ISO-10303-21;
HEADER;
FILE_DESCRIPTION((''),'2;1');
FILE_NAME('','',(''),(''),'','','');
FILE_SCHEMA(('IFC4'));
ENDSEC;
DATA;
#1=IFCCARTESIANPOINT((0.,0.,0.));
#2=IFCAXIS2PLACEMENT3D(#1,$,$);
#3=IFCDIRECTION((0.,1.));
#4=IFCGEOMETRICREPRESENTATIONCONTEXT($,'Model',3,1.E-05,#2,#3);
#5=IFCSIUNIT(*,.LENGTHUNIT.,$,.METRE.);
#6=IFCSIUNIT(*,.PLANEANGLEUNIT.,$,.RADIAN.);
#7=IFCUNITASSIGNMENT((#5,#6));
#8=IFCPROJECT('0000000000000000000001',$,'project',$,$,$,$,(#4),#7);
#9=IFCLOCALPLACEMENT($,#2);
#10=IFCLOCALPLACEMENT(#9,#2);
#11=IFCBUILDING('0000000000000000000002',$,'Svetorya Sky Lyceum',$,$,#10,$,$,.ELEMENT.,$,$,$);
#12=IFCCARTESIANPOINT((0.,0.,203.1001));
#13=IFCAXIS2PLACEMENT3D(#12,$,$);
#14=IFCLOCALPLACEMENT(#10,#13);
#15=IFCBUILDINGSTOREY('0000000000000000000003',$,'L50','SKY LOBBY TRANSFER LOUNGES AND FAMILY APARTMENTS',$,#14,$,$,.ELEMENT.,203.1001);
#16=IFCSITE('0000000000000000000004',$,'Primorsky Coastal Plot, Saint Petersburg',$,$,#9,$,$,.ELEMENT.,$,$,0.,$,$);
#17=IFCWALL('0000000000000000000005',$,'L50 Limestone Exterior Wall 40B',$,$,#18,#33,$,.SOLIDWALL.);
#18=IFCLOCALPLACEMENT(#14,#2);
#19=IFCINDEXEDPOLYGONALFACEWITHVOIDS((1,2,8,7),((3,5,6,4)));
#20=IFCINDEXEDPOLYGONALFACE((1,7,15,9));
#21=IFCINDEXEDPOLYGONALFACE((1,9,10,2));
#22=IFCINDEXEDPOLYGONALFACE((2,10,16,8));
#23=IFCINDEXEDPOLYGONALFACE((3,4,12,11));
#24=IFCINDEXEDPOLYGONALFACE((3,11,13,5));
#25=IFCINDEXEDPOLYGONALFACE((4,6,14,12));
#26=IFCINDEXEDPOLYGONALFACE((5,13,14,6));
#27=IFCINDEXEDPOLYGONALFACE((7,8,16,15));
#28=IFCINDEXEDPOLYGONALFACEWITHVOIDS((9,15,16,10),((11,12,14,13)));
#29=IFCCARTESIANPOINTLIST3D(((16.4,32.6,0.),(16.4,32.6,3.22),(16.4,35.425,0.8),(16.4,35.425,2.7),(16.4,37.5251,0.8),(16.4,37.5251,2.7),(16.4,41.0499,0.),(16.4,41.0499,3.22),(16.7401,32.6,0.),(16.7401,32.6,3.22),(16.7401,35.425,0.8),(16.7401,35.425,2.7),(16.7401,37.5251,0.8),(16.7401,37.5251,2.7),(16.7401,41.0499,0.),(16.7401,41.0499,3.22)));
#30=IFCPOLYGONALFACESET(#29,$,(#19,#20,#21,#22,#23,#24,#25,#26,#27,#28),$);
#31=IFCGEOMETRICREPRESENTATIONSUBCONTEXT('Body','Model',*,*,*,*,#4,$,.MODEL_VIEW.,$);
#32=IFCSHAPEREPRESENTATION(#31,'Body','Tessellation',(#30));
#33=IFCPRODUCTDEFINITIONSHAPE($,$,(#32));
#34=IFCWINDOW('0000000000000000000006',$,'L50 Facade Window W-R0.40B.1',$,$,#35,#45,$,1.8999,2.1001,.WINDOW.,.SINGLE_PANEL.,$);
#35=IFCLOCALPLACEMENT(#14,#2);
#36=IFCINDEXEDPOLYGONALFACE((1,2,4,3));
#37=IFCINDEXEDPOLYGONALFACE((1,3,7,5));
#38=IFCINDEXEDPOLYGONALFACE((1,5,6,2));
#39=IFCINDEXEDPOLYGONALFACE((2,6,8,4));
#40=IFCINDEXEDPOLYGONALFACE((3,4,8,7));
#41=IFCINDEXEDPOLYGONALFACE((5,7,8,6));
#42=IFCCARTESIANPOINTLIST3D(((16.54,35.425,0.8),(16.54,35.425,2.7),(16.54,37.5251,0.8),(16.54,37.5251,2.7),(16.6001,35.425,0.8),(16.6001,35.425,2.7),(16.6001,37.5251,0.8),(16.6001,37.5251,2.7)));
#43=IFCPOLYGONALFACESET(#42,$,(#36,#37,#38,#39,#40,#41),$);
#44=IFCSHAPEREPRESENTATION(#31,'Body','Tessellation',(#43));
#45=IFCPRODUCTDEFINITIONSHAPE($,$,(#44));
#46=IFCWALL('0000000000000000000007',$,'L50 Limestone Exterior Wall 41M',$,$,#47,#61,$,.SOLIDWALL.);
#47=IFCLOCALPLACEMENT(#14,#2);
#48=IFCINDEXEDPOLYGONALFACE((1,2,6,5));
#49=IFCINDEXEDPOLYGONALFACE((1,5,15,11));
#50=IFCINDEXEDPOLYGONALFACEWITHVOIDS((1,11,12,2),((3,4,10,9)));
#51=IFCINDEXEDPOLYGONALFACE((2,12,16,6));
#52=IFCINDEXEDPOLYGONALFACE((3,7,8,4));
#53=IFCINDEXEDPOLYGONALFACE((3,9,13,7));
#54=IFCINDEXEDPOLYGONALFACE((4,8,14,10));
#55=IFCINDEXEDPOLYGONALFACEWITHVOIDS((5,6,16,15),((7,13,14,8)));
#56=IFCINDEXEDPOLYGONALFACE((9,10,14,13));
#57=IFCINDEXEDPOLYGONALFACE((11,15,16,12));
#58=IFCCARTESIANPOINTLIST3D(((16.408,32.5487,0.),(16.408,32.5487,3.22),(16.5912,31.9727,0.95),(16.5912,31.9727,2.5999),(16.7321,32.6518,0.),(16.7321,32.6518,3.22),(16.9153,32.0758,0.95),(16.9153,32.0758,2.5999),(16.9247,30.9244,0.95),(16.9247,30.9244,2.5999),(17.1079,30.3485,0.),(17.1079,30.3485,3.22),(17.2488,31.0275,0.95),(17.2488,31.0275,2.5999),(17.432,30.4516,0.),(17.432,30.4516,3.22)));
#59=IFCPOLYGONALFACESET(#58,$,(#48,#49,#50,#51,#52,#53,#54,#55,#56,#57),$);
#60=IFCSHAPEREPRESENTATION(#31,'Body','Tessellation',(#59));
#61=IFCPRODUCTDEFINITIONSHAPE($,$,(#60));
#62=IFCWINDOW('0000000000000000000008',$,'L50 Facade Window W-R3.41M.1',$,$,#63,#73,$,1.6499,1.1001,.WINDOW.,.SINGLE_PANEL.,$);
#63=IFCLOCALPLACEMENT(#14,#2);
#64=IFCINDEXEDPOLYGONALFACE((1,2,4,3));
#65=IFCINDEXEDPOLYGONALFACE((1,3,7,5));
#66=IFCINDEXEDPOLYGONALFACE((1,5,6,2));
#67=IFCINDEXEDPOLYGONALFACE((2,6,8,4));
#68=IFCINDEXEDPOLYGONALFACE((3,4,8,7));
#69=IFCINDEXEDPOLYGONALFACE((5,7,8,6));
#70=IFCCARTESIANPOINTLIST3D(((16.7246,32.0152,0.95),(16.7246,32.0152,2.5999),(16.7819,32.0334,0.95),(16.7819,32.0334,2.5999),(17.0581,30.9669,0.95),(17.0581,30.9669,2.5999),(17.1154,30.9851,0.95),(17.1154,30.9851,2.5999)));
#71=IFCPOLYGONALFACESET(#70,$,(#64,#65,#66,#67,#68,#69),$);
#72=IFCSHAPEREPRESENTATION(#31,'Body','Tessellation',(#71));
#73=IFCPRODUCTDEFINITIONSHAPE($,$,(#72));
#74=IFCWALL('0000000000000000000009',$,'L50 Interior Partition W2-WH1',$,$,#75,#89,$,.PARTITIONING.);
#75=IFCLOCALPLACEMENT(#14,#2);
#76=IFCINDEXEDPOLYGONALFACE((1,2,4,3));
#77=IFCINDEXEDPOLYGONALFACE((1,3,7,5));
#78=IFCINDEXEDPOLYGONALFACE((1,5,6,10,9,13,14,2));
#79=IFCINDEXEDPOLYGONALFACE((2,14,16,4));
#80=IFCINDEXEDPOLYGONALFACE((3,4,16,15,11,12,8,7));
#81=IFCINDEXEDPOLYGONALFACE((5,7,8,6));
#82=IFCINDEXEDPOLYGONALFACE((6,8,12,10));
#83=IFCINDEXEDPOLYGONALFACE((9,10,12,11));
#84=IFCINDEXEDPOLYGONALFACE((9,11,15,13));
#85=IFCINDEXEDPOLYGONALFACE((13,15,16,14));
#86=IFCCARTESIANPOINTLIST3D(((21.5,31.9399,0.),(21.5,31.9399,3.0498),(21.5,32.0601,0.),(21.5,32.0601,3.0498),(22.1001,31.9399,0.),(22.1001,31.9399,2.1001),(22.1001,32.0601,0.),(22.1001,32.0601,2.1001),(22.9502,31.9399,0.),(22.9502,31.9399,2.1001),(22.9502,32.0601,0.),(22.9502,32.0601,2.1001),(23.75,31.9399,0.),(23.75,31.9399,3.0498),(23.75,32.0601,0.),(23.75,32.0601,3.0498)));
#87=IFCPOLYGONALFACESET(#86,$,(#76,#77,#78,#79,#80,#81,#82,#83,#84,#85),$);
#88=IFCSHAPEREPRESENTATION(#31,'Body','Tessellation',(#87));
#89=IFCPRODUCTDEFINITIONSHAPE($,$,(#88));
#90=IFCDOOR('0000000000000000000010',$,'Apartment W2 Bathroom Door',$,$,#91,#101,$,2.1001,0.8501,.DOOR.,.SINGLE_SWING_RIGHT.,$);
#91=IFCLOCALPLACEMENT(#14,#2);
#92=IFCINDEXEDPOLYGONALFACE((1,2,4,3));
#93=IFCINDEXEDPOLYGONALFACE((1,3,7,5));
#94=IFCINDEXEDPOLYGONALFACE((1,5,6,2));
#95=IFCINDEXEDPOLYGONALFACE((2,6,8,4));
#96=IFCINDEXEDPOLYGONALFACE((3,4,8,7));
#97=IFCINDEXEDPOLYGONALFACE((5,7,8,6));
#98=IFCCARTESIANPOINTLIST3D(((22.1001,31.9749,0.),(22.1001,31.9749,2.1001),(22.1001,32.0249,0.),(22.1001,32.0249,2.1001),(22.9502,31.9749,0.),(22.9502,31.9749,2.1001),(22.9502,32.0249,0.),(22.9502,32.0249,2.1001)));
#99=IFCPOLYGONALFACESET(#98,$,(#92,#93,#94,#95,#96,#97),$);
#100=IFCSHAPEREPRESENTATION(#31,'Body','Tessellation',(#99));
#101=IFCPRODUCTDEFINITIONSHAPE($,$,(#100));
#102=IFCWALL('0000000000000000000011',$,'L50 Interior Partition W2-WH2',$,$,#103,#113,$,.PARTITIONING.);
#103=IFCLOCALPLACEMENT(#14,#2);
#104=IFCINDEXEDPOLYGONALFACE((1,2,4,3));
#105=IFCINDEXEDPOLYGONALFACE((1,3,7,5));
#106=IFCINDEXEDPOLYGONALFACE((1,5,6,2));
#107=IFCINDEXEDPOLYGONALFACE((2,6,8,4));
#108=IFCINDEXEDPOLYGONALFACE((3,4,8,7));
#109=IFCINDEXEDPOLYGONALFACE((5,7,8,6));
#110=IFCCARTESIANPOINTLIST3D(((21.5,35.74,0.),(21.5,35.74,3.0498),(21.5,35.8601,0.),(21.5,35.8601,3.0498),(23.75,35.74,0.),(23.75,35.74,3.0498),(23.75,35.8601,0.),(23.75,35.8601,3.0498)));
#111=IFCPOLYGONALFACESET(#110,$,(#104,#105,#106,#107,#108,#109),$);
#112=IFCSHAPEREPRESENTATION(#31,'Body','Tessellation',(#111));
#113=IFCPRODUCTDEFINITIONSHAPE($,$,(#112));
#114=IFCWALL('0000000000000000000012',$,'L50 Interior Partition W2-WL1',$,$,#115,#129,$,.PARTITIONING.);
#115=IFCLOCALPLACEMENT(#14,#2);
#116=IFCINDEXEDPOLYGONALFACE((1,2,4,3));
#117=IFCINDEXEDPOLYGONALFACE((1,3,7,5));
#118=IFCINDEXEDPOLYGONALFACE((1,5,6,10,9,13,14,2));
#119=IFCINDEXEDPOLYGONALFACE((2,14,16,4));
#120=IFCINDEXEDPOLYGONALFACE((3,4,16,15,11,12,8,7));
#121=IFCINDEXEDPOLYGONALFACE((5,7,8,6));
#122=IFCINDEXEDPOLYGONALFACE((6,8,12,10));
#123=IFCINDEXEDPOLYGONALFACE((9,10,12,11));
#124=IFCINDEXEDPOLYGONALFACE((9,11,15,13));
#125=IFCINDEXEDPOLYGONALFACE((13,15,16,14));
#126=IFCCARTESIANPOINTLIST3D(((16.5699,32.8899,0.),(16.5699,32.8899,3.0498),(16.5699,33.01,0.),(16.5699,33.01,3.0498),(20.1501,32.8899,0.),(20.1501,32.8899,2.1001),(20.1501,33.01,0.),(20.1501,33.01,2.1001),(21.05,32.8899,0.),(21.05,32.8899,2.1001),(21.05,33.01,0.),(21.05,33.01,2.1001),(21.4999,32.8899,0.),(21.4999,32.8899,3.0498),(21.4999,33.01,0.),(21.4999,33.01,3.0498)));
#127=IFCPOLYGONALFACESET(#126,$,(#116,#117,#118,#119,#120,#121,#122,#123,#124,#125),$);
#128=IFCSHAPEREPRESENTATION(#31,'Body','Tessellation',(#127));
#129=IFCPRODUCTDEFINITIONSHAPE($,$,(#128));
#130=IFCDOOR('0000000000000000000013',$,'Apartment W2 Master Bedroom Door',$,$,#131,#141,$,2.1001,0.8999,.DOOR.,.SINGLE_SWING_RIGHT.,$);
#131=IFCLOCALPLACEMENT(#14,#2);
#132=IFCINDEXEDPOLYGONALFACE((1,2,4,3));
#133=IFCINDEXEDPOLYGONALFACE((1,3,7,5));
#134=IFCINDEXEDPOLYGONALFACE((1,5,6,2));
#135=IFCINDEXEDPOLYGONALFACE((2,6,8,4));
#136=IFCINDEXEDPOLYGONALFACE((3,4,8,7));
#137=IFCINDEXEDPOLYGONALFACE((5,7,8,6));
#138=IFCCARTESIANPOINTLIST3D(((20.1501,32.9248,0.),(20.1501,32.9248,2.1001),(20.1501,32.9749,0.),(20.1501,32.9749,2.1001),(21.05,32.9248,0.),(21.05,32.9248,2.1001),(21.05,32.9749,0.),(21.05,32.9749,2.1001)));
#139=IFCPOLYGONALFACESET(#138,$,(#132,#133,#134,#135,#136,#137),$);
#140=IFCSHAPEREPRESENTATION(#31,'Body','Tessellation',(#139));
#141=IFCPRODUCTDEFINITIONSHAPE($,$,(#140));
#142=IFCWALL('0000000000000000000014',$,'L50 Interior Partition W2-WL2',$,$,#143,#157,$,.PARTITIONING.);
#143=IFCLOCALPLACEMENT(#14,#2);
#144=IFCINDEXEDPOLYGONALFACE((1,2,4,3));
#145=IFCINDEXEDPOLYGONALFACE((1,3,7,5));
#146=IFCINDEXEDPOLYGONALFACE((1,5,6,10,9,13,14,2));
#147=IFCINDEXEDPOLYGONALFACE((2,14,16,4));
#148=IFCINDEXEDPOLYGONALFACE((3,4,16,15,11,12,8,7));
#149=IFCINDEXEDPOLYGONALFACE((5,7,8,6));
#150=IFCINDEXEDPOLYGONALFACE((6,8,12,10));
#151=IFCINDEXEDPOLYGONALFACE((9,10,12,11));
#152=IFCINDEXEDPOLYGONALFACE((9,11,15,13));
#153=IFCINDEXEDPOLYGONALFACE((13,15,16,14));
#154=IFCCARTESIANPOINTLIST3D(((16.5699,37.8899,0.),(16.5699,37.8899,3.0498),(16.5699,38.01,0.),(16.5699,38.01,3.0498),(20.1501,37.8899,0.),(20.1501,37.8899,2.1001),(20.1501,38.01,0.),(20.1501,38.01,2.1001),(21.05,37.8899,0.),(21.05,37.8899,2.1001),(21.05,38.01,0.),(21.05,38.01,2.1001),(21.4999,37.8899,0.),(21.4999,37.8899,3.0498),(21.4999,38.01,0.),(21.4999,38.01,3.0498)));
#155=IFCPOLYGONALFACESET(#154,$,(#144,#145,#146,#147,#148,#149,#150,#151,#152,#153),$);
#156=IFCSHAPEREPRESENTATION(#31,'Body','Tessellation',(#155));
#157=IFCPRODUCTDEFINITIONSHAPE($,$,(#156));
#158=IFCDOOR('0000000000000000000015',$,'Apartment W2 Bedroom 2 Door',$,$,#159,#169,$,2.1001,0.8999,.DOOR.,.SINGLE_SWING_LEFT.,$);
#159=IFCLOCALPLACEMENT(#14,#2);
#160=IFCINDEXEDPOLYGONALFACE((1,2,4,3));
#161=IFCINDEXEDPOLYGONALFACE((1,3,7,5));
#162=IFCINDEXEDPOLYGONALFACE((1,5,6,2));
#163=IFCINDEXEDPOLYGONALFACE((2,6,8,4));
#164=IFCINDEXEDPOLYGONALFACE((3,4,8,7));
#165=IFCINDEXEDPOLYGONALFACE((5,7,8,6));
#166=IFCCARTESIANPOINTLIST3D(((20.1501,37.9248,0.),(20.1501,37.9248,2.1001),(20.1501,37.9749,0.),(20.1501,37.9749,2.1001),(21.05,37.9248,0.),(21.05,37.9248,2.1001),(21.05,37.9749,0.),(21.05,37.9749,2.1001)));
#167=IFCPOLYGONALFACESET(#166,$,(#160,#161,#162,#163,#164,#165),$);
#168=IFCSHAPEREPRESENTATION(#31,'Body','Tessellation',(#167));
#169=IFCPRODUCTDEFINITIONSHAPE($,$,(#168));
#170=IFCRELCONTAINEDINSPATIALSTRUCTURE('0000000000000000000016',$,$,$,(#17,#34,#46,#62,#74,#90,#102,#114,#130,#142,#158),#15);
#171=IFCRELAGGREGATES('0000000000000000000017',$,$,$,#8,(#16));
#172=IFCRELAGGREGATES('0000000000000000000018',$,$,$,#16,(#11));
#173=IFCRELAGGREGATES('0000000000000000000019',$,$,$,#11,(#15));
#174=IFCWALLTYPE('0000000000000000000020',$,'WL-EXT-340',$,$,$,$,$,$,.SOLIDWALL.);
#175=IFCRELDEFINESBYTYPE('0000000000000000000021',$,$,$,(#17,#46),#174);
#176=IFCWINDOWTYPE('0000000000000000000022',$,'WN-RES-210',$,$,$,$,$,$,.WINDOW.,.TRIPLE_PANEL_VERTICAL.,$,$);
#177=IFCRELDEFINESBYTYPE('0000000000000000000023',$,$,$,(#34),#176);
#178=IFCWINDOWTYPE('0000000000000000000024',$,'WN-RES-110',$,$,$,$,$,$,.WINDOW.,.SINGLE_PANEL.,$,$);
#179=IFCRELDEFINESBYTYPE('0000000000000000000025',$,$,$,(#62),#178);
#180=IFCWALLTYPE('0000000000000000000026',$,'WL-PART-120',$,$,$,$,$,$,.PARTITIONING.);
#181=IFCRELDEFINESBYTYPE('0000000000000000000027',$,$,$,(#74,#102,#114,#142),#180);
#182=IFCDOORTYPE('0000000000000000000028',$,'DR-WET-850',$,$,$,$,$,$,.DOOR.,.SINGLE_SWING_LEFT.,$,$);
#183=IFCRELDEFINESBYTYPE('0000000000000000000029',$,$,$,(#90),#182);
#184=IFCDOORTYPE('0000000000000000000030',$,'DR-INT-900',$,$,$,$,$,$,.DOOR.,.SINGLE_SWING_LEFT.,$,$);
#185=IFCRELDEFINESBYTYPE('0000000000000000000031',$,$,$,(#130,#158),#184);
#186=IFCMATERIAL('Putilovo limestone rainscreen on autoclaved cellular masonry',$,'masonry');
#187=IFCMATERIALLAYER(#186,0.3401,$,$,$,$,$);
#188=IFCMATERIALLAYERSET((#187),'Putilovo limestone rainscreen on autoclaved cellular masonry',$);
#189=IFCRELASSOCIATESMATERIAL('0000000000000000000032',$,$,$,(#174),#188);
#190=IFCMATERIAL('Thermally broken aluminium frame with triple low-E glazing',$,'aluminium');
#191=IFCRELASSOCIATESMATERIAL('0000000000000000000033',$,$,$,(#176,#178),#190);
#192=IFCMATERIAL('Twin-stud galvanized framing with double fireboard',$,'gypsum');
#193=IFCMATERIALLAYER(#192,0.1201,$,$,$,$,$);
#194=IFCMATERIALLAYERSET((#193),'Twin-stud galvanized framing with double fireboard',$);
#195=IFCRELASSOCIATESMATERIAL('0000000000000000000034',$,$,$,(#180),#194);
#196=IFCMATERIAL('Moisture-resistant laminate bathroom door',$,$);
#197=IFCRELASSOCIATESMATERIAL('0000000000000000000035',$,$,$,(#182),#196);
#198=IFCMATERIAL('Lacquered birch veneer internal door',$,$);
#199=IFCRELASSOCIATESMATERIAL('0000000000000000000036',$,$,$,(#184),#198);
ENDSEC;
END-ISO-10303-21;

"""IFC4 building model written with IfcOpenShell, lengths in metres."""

from ifc_helpers import new_model, si_unit, direction, frame, frame_2d, origin, place, context, subcontext, project, spatial, rectangle, extrude, material, layer, layer_set, type_object, element, fill, save


model = new_model("IFC4")

# Units and contexts
model_context = context("Model", 3, precision=1e-05, world=origin(), true_north=direction((0.0, 1.0)))
body_context = subcontext(model_context, "Body", "Model", "MODEL_VIEW")
ifc_project = project(units=[si_unit("LENGTHUNIT", "METRE"), si_unit("PLANEANGLEUNIT", "RADIAN")], contexts=[model_context])

# Site, building, storey
site_placement = place(None, origin())
site = spatial("IfcSite", under=ifc_project, at=site_placement, Name="Primorsky Coastal Plot, Saint Petersburg", CompositionType="ELEMENT", RefElevation=0.0)
building_placement = place(site_placement, origin())
building = spatial("IfcBuilding", under=site, at=building_placement, Name="Svetorya Sky Lyceum", CompositionType="ELEMENT")
storey_placement = place(building_placement, frame((0.0, 0.0, 203.1001)))
storey = spatial("IfcBuildingStorey", under=building, at=storey_placement, Name="L50", Description="SKY LOBBY TRANSFER LOUNGES AND FAMILY APARTMENTS", CompositionType="ELEMENT", Elevation=203.1001)

# Walls, openings, windows
ifc_material_1 = material(Name="Putilovo limestone rainscreen on autoclaved cellular masonry", Category="masonry")
ifc_layer_1 = layer(ifc_material_1, 0.3401)
ifc_layer_set_1 = layer_set([ifc_layer_1], Name="Putilovo limestone rainscreen on autoclaved cellular masonry")
wall_type_1 = type_object("IfcWallType", Name="WL-EXT-340", PredefinedType="SOLIDWALL", material=ifc_layer_set_1)
wall_1_placement = place(storey_placement, frame((16.5701, 41.05, 0.0), z_axis=(0.0, 0.0, 1.0), x_axis=(0.0, -1.0, 0.0)))
wall_1 = element("IfcWall", 1, at=wall_1_placement, inside=storey, type_object=wall_type_1, Name="L50 Limestone Exterior Wall 40B", PredefinedType="SOLIDWALL", context=body_context, shape_type="SweptSolid", body=[
    extrude(rectangle(XDim=8.45, YDim=0.3401, at=frame_2d((4.2251, 0.0))), origin(), (0.0, 0.0, 1.0), 3.22),
])
opening_1_placement = place(wall_1_placement, frame((3.5249, 0.0, 0.8)))
opening_1 = element("IfcOpeningElement", 2, at=opening_1_placement, cuts=wall_1, PredefinedType="OPENING", context=body_context, shape_type="SweptSolid", body=[
    extrude(rectangle(XDim=2.1001, YDim=1.8999, at=frame_2d((1.05, 0.95))), frame((0.0, 0.1799, 0.0), z_axis=(0.0, -1.0, 0.0), x_axis=(1.0, 0.0, 0.0)), (0.0, 0.0, 1.0), 0.3601),
])
ifc_material_2 = material(Name="Thermally broken aluminium frame with triple low-E glazing", Category="aluminium")
window_type_1 = type_object("IfcWindowType", Name="WN-RES-210", PartitioningType="TRIPLE_PANEL_VERTICAL", PredefinedType="WINDOW", material=ifc_material_2)
window_1_placement = place(opening_1_placement, origin())
window_1 = element("IfcWindow", 3, at=window_1_placement, inside=storey, type_object=window_type_1, Name="L50 Facade Window W-R0.40B.1", OverallHeight=1.8999, OverallWidth=2.1001, PartitioningType="SINGLE_PANEL", PredefinedType="WINDOW", context=body_context, shape_type="SweptSolid", body=[
    extrude(rectangle(XDim=2.1001, YDim=1.8999, at=frame_2d((1.05, 0.95))), frame((0.0, 0.03, 0.0), z_axis=(0.0, -1.0, 0.0), x_axis=(1.0, 0.0, 0.0)), (0.0, 0.0, 1.0), 0.0601),
])
fill(opening_1, window_1)
wall_2_placement = place(storey_placement, frame((16.5701, 32.6001, 0.0), z_axis=(0.0, 0.0, 1.0), x_axis=(0.30316, -0.95294, 0.0)))
wall_2 = element("IfcWall", 4, at=wall_2_placement, inside=storey, type_object=wall_type_1, Name="L50 Limestone Exterior Wall 41M", PredefinedType="SOLIDWALL", context=body_context, shape_type="SweptSolid", body=[
    extrude(rectangle(XDim=2.3088, YDim=0.3401, at=frame_2d((1.1543, 0.0))), origin(), (0.0, 0.0, 1.0), 3.22),
])
opening_2_placement = place(wall_2_placement, frame((0.6042, 0.0, 0.95)))
opening_2 = element("IfcOpeningElement", 5, at=opening_2_placement, cuts=wall_2, PredefinedType="OPENING", context=body_context, shape_type="SweptSolid", body=[
    extrude(rectangle(XDim=1.1001, YDim=1.6499, at=frame_2d((0.55, 0.825))), frame((0.0, 0.1799, 0.0), z_axis=(0.0, -1.0, 0.0), x_axis=(1.0, 0.0, 0.0)), (0.0, 0.0, 1.0), 0.3601),
])
window_type_2 = type_object("IfcWindowType", Name="WN-RES-110", PartitioningType="SINGLE_PANEL", PredefinedType="WINDOW", material=ifc_material_2)
window_2_placement = place(opening_2_placement, origin())
window_2 = element("IfcWindow", 6, at=window_2_placement, inside=storey, type_object=window_type_2, Name="L50 Facade Window W-R3.41M.1", OverallHeight=1.6499, OverallWidth=1.1001, PartitioningType="SINGLE_PANEL", PredefinedType="WINDOW", context=body_context, shape_type="SweptSolid", body=[
    extrude(rectangle(XDim=1.1001, YDim=1.6499, at=frame_2d((0.55, 0.825))), frame((0.0, 0.03, 0.0), z_axis=(0.0, -1.0, 0.0), x_axis=(1.0, 0.0, 0.0)), (0.0, 0.0, 1.0), 0.0601),
])
fill(opening_2, window_2)

# Wall, opening, door
ifc_material_3 = material(Name="Twin-stud galvanized framing with double fireboard", Category="gypsum")
ifc_layer_2 = layer(ifc_material_3, 0.1201)
ifc_layer_set_2 = layer_set([ifc_layer_2], Name="Twin-stud galvanized framing with double fireboard")
wall_type_2 = type_object("IfcWallType", Name="WL-PART-120", PredefinedType="PARTITIONING", material=ifc_layer_set_2)
wall_3_placement = place(storey_placement, frame((21.5, 32.0, 0.0), z_axis=(0.0, 0.0, 1.0), x_axis=(1.0, 0.0, 0.0)))
wall_3 = element("IfcWall", 7, at=wall_3_placement, inside=storey, type_object=wall_type_2, Name="L50 Interior Partition W2-WH1", PredefinedType="PARTITIONING", context=body_context, shape_type="SweptSolid", body=[
    extrude(rectangle(XDim=2.25, YDim=0.1201, at=frame_2d((1.125, 0.0))), origin(), (0.0, 0.0, 1.0), 3.0498),
])
opening_3_placement = place(wall_3_placement, frame((0.6001, 0.0, 0.0)))
opening_3 = element("IfcOpeningElement", 8, at=opening_3_placement, cuts=wall_3, PredefinedType="OPENING", context=body_context, shape_type="SweptSolid", body=[
    extrude(rectangle(XDim=0.8501, YDim=2.1001, at=frame_2d((0.425, 1.05))), frame((0.0, 0.0701, 0.0), z_axis=(0.0, -1.0, 0.0), x_axis=(1.0, 0.0, 0.0)), (0.0, 0.0, 1.0), 0.1401),
])
ifc_material_4 = material(Name="Moisture-resistant laminate bathroom door")
door_type_1 = type_object("IfcDoorType", Name="DR-WET-850", OperationType="SINGLE_SWING_LEFT", PredefinedType="DOOR", material=ifc_material_4)
door_1_placement = place(opening_3_placement, origin())
door_1 = element("IfcDoor", 9, at=door_1_placement, inside=storey, type_object=door_type_1, Name="Apartment W2 Bathroom Door", OperationType="SINGLE_SWING_RIGHT", OverallHeight=2.1001, OverallWidth=0.8501, PredefinedType="DOOR", context=body_context, shape_type="SweptSolid", body=[
    extrude(rectangle(XDim=0.8501, YDim=2.1001, at=frame_2d((0.425, 1.05))), frame((0.0, 0.0249, 0.0), z_axis=(0.0, -1.0, 0.0), x_axis=(1.0, 0.0, 0.0)), (0.0, 0.0, 1.0), 0.05),
])
fill(opening_3, door_1)

# Wall
wall_4_placement = place(storey_placement, frame((21.5, 35.8, 0.0), z_axis=(0.0, 0.0, 1.0), x_axis=(1.0, 0.0, 0.0)))
element("IfcWall", 10, at=wall_4_placement, inside=storey, type_object=wall_type_2, Name="L50 Interior Partition W2-WH2", PredefinedType="PARTITIONING", context=body_context, shape_type="SweptSolid", body=[
    extrude(rectangle(XDim=2.25, YDim=0.1201, at=frame_2d((1.125, 0.0))), origin(), (0.0, 0.0, 1.0), 3.0498),
])

# Walls, openings, doors
wall_5_placement = place(storey_placement, frame((16.5701, 32.95, 0.0), z_axis=(0.0, 0.0, 1.0), x_axis=(1.0, 0.0, 0.0)))
wall_5 = element("IfcWall", 11, at=wall_5_placement, inside=storey, type_object=wall_type_2, Name="L50 Interior Partition W2-WL1", PredefinedType="PARTITIONING", context=body_context, shape_type="SweptSolid", body=[
    extrude(rectangle(XDim=4.9299, YDim=0.1201, at=frame_2d((2.4648, 0.0))), origin(), (0.0, 0.0, 1.0), 3.0498),
])
opening_4_placement = place(wall_5_placement, frame((3.5801, 0.0, 0.0)))
opening_4 = element("IfcOpeningElement", 12, at=opening_4_placement, cuts=wall_5, PredefinedType="OPENING", context=body_context, shape_type="SweptSolid", body=[
    extrude(rectangle(XDim=0.8999, YDim=2.1001, at=frame_2d((0.45, 1.05))), frame((0.0, 0.0701, 0.0), z_axis=(0.0, -1.0, 0.0), x_axis=(1.0, 0.0, 0.0)), (0.0, 0.0, 1.0), 0.1401),
])
ifc_material_5 = material(Name="Lacquered birch veneer internal door")
door_type_2 = type_object("IfcDoorType", Name="DR-INT-900", OperationType="SINGLE_SWING_LEFT", PredefinedType="DOOR", material=ifc_material_5)
door_2_placement = place(opening_4_placement, origin())
door_2 = element("IfcDoor", 13, at=door_2_placement, inside=storey, type_object=door_type_2, Name="Apartment W2 Master Bedroom Door", OperationType="SINGLE_SWING_RIGHT", OverallHeight=2.1001, OverallWidth=0.8999, PredefinedType="DOOR", context=body_context, shape_type="SweptSolid", body=[
    extrude(rectangle(XDim=0.8999, YDim=2.1001, at=frame_2d((0.45, 1.05))), frame((0.0, 0.0249, 0.0), z_axis=(0.0, -1.0, 0.0), x_axis=(1.0, 0.0, 0.0)), (0.0, 0.0, 1.0), 0.05),
])
fill(opening_4, door_2)
wall_6_placement = place(storey_placement, frame((16.5701, 37.95, 0.0), z_axis=(0.0, 0.0, 1.0), x_axis=(1.0, 0.0, 0.0)))
wall_6 = element("IfcWall", 14, at=wall_6_placement, inside=storey, type_object=wall_type_2, Name="L50 Interior Partition W2-WL2", PredefinedType="PARTITIONING", context=body_context, shape_type="SweptSolid", body=[
    extrude(rectangle(XDim=4.9299, YDim=0.1201, at=frame_2d((2.4648, 0.0))), origin(), (0.0, 0.0, 1.0), 3.0498),
])
opening_5_placement = place(wall_6_placement, frame((3.5801, 0.0, 0.0)))
opening_5 = element("IfcOpeningElement", 15, at=opening_5_placement, cuts=wall_6, PredefinedType="OPENING", context=body_context, shape_type="SweptSolid", body=[
    extrude(rectangle(XDim=0.8999, YDim=2.1001, at=frame_2d((0.45, 1.05))), frame((0.0, 0.0701, 0.0), z_axis=(0.0, -1.0, 0.0), x_axis=(1.0, 0.0, 0.0)), (0.0, 0.0, 1.0), 0.1401),
])
door_3_placement = place(opening_5_placement, origin())
door_3 = element("IfcDoor", 16, at=door_3_placement, inside=storey, type_object=door_type_2, Name="Apartment W2 Bedroom 2 Door", OperationType="SINGLE_SWING_LEFT", OverallHeight=2.1001, OverallWidth=0.8999, PredefinedType="DOOR", context=body_context, shape_type="SweptSolid", body=[
    extrude(rectangle(XDim=0.8999, YDim=2.1001, at=frame_2d((0.45, 1.05))), frame((0.0, 0.0249, 0.0), z_axis=(0.0, -1.0, 0.0), x_axis=(1.0, 0.0, 0.0)), (0.0, 0.0, 1.0), 0.05),
])
fill(opening_5, door_3)

save(model, "model.ifc")
